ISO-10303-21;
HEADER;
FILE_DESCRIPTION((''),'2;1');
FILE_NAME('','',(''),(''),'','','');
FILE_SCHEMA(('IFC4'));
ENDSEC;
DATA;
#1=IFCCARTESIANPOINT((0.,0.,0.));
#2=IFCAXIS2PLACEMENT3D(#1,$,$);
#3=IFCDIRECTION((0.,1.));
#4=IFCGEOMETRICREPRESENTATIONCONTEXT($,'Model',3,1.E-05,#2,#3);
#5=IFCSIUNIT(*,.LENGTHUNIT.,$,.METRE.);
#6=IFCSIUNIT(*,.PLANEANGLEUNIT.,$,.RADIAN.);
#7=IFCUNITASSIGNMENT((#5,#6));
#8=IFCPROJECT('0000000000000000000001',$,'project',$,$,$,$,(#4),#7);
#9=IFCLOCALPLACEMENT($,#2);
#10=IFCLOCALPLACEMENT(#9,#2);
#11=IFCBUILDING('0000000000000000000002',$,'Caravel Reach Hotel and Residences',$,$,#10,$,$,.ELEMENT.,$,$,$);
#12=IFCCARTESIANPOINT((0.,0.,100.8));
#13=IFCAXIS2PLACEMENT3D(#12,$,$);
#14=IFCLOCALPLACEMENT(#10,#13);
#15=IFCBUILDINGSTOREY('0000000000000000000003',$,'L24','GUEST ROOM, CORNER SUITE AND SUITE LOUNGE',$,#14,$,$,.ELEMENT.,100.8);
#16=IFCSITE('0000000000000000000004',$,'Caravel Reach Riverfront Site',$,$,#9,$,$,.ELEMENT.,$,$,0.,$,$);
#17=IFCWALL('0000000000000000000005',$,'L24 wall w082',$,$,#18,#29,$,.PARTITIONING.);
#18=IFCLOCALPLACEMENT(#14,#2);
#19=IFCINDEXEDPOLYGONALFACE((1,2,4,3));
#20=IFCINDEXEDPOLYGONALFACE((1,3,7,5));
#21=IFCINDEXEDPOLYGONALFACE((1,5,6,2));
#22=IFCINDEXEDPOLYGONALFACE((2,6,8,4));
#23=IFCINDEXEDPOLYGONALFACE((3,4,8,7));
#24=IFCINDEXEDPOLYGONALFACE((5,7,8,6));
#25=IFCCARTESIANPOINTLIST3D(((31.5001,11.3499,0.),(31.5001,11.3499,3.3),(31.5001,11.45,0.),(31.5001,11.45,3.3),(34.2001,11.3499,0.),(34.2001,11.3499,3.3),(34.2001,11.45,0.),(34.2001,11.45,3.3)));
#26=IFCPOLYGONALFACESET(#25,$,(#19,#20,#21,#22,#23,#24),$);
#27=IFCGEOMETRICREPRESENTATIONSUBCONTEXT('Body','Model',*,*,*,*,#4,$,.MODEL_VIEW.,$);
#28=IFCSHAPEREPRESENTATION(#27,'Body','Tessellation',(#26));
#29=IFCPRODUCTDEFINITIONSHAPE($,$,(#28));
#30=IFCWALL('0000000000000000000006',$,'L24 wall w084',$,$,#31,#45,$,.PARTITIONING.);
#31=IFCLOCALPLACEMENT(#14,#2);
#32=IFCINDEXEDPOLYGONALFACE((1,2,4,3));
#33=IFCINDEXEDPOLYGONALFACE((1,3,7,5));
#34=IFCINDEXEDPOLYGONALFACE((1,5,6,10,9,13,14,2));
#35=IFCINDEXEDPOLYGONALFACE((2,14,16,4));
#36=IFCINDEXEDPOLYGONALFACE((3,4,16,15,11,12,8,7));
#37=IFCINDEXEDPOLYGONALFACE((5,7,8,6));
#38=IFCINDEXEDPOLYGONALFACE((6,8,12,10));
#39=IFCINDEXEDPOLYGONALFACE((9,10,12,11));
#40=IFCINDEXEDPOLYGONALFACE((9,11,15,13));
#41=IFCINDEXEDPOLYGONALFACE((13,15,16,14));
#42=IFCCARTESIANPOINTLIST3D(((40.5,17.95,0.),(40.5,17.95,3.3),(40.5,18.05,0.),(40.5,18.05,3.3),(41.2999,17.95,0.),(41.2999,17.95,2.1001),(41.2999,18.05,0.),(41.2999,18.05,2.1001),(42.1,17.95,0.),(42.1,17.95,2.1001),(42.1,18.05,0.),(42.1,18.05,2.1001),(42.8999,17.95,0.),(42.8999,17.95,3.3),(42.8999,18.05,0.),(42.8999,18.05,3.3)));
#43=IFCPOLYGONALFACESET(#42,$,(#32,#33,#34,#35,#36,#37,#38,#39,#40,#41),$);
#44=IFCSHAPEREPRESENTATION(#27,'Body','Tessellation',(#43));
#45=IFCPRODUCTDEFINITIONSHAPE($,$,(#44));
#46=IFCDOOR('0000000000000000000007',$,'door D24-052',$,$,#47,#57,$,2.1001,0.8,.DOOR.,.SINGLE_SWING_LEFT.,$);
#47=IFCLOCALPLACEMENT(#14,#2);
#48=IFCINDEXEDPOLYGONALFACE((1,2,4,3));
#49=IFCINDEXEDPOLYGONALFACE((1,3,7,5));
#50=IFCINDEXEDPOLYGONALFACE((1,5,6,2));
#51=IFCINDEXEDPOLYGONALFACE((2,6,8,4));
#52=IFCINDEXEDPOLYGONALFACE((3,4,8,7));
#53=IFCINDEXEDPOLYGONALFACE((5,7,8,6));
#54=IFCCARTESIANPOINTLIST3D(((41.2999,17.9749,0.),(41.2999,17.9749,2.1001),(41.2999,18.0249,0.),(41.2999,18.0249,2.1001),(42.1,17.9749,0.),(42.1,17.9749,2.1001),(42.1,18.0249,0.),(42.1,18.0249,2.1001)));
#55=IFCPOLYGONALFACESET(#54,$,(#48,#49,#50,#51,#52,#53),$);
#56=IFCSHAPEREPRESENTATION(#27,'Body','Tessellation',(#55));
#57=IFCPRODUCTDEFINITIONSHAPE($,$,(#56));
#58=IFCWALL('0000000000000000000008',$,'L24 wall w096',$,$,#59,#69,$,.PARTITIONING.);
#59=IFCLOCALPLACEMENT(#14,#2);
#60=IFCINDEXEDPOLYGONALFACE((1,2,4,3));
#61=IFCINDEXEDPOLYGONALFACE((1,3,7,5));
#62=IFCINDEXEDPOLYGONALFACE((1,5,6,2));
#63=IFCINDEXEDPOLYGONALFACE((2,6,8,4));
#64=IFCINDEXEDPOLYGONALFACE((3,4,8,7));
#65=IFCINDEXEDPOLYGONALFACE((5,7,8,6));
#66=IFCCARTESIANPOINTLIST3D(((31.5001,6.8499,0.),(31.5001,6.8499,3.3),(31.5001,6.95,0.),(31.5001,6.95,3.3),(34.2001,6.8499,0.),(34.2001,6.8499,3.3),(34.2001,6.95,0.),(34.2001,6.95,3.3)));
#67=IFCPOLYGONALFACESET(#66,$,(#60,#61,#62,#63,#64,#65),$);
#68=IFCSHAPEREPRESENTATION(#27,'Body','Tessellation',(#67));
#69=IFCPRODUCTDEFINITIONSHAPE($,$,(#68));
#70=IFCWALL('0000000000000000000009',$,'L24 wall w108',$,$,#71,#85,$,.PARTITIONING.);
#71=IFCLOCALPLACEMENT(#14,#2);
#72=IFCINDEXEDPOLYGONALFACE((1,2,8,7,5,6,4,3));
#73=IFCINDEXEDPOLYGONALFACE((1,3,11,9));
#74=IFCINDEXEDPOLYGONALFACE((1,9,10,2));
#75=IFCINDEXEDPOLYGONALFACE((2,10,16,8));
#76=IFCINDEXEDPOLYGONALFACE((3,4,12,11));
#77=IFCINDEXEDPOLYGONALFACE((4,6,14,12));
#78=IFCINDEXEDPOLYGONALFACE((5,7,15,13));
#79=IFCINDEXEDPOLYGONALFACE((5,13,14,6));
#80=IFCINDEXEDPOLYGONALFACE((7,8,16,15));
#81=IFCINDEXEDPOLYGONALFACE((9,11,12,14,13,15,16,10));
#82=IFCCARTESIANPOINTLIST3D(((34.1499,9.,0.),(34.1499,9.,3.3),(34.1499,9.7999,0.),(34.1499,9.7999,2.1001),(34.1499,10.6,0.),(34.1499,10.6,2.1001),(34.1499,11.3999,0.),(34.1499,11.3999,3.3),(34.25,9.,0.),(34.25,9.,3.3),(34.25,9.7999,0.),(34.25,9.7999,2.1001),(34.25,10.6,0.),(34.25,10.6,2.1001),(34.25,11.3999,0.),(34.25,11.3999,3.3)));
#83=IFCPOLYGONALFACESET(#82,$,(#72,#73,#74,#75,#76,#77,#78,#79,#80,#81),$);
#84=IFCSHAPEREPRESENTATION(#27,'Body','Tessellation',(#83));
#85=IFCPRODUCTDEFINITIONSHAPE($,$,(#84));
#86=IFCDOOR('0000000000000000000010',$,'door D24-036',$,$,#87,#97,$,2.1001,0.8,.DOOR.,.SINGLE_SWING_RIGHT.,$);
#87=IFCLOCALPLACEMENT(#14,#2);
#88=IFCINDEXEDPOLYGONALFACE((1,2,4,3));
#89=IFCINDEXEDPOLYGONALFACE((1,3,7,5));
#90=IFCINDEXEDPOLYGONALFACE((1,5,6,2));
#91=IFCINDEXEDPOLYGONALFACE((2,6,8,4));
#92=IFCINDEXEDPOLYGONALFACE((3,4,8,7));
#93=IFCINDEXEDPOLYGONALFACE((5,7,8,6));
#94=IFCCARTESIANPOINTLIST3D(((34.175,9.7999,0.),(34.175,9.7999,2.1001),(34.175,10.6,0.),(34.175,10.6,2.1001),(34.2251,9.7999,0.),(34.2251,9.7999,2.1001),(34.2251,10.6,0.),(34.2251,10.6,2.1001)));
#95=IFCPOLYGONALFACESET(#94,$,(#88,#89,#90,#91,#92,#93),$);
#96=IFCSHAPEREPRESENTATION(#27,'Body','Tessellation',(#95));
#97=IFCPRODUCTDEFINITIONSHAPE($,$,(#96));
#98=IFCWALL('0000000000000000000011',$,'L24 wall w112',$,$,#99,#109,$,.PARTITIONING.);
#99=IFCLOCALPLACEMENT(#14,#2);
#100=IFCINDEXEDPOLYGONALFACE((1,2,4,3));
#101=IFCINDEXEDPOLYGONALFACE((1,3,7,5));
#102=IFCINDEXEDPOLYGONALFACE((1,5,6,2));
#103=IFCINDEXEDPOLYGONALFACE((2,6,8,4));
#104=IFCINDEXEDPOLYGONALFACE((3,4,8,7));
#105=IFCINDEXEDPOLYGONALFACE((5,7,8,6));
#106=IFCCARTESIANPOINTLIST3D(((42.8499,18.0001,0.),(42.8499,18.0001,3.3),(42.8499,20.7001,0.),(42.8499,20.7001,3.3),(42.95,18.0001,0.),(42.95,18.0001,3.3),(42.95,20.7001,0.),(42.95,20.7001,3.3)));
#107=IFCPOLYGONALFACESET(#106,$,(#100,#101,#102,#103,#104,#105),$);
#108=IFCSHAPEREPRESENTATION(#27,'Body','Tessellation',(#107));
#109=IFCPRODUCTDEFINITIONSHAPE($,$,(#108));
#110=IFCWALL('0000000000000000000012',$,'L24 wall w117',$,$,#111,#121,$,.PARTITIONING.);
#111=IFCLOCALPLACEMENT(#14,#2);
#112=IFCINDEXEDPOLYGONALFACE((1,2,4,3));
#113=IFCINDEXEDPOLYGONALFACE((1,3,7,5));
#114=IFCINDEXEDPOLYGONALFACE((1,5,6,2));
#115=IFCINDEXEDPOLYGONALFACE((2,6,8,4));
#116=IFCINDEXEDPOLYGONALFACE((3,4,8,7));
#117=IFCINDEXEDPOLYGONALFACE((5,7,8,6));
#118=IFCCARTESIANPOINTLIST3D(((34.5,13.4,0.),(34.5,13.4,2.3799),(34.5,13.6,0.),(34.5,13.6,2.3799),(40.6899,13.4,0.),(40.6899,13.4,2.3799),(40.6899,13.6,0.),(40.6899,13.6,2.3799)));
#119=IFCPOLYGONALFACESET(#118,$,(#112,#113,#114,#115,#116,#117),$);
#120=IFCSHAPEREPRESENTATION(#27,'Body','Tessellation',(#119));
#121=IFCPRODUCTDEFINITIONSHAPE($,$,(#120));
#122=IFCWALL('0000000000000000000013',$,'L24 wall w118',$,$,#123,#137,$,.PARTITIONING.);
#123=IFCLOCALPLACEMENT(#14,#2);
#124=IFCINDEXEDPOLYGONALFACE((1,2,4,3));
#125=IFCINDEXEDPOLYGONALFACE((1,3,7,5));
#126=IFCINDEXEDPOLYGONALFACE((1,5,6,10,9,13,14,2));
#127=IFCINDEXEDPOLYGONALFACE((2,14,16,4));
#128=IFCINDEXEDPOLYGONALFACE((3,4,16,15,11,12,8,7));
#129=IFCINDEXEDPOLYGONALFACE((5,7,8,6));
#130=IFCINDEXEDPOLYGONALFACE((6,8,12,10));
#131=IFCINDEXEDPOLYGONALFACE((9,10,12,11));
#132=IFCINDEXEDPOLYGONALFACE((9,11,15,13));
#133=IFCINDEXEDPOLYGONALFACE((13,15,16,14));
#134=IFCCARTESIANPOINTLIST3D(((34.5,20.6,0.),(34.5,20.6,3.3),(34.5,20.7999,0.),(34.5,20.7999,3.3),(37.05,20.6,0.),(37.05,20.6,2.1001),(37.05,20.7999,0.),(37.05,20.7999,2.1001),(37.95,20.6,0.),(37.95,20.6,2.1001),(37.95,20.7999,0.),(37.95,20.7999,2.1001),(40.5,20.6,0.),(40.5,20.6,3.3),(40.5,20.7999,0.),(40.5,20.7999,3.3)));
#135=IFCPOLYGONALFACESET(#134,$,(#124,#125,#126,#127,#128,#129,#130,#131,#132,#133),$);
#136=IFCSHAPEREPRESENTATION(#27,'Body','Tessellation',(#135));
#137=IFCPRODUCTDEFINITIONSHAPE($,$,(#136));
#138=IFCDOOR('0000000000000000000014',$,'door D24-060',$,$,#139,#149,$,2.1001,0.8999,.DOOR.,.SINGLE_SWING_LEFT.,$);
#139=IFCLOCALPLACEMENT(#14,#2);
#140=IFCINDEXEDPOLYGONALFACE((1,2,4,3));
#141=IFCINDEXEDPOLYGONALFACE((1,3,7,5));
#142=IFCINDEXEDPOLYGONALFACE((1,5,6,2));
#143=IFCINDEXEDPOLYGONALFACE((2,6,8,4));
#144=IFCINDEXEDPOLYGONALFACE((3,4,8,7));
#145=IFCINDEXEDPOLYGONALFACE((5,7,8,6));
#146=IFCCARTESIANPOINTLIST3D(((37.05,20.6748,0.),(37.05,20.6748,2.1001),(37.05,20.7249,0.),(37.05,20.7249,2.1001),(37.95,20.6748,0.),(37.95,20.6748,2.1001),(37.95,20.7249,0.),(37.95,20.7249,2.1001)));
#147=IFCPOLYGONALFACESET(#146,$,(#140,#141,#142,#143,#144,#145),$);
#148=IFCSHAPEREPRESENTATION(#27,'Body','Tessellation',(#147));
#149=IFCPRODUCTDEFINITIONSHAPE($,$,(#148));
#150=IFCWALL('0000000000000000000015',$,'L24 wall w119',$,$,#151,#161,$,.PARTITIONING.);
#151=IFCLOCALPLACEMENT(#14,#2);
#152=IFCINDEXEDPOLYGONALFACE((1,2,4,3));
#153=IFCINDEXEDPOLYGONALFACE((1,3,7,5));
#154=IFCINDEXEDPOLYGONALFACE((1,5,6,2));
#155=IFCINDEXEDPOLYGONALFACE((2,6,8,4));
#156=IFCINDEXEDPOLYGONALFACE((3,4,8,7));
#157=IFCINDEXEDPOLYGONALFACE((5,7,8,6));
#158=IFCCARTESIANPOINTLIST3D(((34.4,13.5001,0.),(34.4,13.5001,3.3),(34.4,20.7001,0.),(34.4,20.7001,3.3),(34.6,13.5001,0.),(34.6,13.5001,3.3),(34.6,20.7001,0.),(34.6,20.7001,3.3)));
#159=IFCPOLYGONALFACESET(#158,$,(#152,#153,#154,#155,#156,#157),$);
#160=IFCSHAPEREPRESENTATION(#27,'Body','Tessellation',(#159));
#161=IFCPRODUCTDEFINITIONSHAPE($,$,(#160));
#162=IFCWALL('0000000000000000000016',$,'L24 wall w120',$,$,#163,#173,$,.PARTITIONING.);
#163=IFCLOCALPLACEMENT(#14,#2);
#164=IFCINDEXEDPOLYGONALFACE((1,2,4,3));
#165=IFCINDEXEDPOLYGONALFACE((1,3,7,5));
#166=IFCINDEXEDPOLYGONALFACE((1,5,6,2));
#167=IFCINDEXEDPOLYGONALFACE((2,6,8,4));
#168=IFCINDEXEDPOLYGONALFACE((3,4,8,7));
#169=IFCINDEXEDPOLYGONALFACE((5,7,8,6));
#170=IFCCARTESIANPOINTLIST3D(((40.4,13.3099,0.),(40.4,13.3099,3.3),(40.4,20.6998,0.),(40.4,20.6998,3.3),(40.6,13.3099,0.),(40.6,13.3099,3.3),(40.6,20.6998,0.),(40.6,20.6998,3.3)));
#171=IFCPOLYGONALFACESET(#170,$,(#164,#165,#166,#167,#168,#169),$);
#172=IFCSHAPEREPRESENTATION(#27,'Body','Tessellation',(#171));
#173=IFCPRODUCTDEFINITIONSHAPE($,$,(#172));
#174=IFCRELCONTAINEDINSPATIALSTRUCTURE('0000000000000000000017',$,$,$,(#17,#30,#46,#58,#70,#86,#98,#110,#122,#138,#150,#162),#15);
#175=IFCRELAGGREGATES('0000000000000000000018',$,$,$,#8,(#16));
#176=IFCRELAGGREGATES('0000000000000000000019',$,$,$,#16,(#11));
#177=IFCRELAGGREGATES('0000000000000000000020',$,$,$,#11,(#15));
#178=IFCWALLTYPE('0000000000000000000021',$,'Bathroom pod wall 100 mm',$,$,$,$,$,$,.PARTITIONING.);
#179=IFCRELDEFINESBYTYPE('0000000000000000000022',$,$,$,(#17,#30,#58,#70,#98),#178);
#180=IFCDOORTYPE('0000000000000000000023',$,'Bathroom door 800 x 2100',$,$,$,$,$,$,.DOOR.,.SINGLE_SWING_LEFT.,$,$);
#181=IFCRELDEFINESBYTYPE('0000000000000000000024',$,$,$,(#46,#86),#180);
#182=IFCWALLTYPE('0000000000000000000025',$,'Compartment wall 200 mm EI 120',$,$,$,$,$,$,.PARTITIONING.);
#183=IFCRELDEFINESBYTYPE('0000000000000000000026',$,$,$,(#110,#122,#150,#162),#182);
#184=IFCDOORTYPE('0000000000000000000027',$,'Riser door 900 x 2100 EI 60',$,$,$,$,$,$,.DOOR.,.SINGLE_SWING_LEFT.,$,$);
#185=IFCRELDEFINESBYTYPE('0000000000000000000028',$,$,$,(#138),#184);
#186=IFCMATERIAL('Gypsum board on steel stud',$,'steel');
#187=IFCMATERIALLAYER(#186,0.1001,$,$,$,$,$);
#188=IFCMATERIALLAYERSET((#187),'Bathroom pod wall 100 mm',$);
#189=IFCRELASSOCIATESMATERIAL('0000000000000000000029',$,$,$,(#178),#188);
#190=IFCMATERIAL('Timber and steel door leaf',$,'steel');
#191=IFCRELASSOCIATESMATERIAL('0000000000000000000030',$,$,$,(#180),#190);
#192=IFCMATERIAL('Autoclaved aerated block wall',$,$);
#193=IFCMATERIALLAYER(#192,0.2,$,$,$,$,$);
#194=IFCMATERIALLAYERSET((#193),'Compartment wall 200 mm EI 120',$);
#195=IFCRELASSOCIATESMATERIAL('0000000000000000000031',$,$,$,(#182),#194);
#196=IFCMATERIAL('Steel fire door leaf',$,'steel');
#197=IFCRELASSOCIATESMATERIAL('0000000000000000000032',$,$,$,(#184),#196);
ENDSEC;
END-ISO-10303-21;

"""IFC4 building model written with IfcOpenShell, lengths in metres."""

from ifc_helpers import new_model, si_unit, direction, frame, frame_2d, origin, place, context, subcontext, project, spatial, rectangle, extrude, material, layer, layer_set, type_object, element, fill, save


model = new_model("IFC4")

# Units and contexts
model_context = context("Model", 3, precision=1e-05, world=origin(), true_north=direction((0.0, 1.0)))
body_context = subcontext(model_context, "Body", "Model", "MODEL_VIEW")
ifc_project = project(units=[si_unit("LENGTHUNIT", "METRE"), si_unit("PLANEANGLEUNIT", "RADIAN")], contexts=[model_context])

# Site, building, storey
site_placement = place(None, origin())
site = spatial("IfcSite", under=ifc_project, at=site_placement, Name="Caravel Reach Riverfront Site", CompositionType="ELEMENT", RefElevation=0.0)
building_placement = place(site_placement, origin())
building = spatial("IfcBuilding", under=site, at=building_placement, Name="Caravel Reach Hotel and Residences", CompositionType="ELEMENT")
storey_placement = place(building_placement, frame((0.0, 0.0, 100.8)))
storey = spatial("IfcBuildingStorey", under=building, at=storey_placement, Name="L24", Description="GUEST ROOM, CORNER SUITE AND SUITE LOUNGE", CompositionType="ELEMENT", Elevation=100.8)

# Wall
ifc_material_1 = material(Name="Gypsum board on steel stud", Category="steel")
ifc_layer_1 = layer(ifc_material_1, 0.1001)
ifc_layer_set_1 = layer_set([ifc_layer_1], Name="Bathroom pod wall 100 mm")
wall_type_1 = type_object("IfcWallType", Name="Bathroom pod wall 100 mm", PredefinedType="PARTITIONING", material=ifc_layer_set_1)
wall_1_placement = place(storey_placement, frame((31.5, 11.3999, 0.0), z_axis=(0.0, 0.0, 1.0), x_axis=(1.0, 0.0, 0.0)))
element("IfcWall", 1, at=wall_1_placement, inside=storey, type_object=wall_type_1, Name="L24 wall w082", PredefinedType="PARTITIONING", context=body_context, shape_type="SweptSolid", body=[
    extrude(rectangle(XDim=2.7, YDim=0.1001, at=frame_2d((1.3501, 0.0))), origin(), (0.0, 0.0, 1.0), 3.3),
])

# Wall, opening, door
wall_2_placement = place(storey_placement, frame((40.5, 18.0, 0.0), z_axis=(0.0, 0.0, 1.0), x_axis=(1.0, 0.0, 0.0)))
wall_2 = element("IfcWall", 2, at=wall_2_placement, inside=storey, type_object=wall_type_1, Name="L24 wall w084", PredefinedType="PARTITIONING", context=body_context, shape_type="SweptSolid", body=[
    extrude(rectangle(XDim=2.3999, YDim=0.1001, at=frame_2d((1.2, 0.0))), origin(), (0.0, 0.0, 1.0), 3.3),
])
opening_1_placement = place(wall_2_placement, frame((0.8, 0.0, 0.0)))
opening_1 = element("IfcOpeningElement", 3, at=opening_1_placement, cuts=wall_2, PredefinedType="OPENING", context=body_context, shape_type="SweptSolid", body=[
    extrude(rectangle(XDim=0.8, YDim=2.1001, at=frame_2d((0.3999, 1.05))), frame((0.0, 0.0601, 0.0), z_axis=(0.0, -1.0, 0.0), x_axis=(1.0, 0.0, 0.0)), (0.0, 0.0, 1.0), 0.1201),
])
ifc_material_2 = material(Name="Timber and steel door leaf", Category="steel")
door_type_1 = type_object("IfcDoorType", Name="Bathroom door 800 x 2100", OperationType="SINGLE_SWING_LEFT", PredefinedType="DOOR", material=ifc_material_2)
door_1_placement = place(opening_1_placement, origin())
door_1 = element("IfcDoor", 4, at=door_1_placement, inside=storey, type_object=door_type_1, Name="door D24-052", OperationType="SINGLE_SWING_LEFT", OverallHeight=2.1001, OverallWidth=0.8, PredefinedType="DOOR", context=body_context, shape_type="SweptSolid", body=[
    extrude(rectangle(XDim=0.8, YDim=2.1001, at=frame_2d((0.3999, 1.05))), frame((0.0, 0.0249, 0.0), z_axis=(0.0, -1.0, 0.0), x_axis=(1.0, 0.0, 0.0)), (0.0, 0.0, 1.0), 0.05),
])
fill(opening_1, door_1)

# Wall
wall_3_placement = place(storey_placement, frame((31.5, 6.8999, 0.0), z_axis=(0.0, 0.0, 1.0), x_axis=(1.0, 0.0, 0.0)))
element("IfcWall", 5, at=wall_3_placement, inside=storey, type_object=wall_type_1, Name="L24 wall w096", PredefinedType="PARTITIONING", context=body_context, shape_type="SweptSolid", body=[
    extrude(rectangle(XDim=2.7, YDim=0.1001, at=frame_2d((1.3501, 0.0))), origin(), (0.0, 0.0, 1.0), 3.3),
])

# Wall, opening, door
wall_4_placement = place(storey_placement, frame((34.2, 9.0, 0.0), z_axis=(0.0, 0.0, 1.0), x_axis=(0.0, 1.0, 0.0)))
wall_4 = element("IfcWall", 6, at=wall_4_placement, inside=storey, type_object=wall_type_1, Name="L24 wall w108", PredefinedType="PARTITIONING", context=body_context, shape_type="SweptSolid", body=[
    extrude(rectangle(XDim=2.3999, YDim=0.1001, at=frame_2d((1.2, 0.0))), origin(), (0.0, 0.0, 1.0), 3.3),
])
opening_2_placement = place(wall_4_placement, frame((0.8, 0.0, 0.0)))
opening_2 = element("IfcOpeningElement", 7, at=opening_2_placement, cuts=wall_4, PredefinedType="OPENING", context=body_context, shape_type="SweptSolid", body=[
    extrude(rectangle(XDim=0.8, YDim=2.1001, at=frame_2d((0.3999, 1.05))), frame((0.0, 0.0601, 0.0), z_axis=(0.0, -1.0, 0.0), x_axis=(1.0, 0.0, 0.0)), (0.0, 0.0, 1.0), 0.1201),
])
door_2_placement = place(opening_2_placement, origin())
door_2 = element("IfcDoor", 8, at=door_2_placement, inside=storey, type_object=door_type_1, Name="door D24-036", OperationType="SINGLE_SWING_RIGHT", OverallHeight=2.1001, OverallWidth=0.8, PredefinedType="DOOR", context=body_context, shape_type="SweptSolid", body=[
    extrude(rectangle(XDim=0.8, YDim=2.1001, at=frame_2d((0.3999, 1.05))), frame((0.0, 0.0249, 0.0), z_axis=(0.0, -1.0, 0.0), x_axis=(1.0, 0.0, 0.0)), (0.0, 0.0, 1.0), 0.05),
])
fill(opening_2, door_2)

# Walls
wall_5_placement = place(storey_placement, frame((42.8999, 18.0, 0.0), z_axis=(0.0, 0.0, 1.0), x_axis=(0.0, 1.0, 0.0)))
element("IfcWall", 9, at=wall_5_placement, inside=storey, type_object=wall_type_1, Name="L24 wall w112", PredefinedType="PARTITIONING", context=body_context, shape_type="SweptSolid", body=[
    extrude(rectangle(XDim=2.7, YDim=0.1001, at=frame_2d((1.3501, 0.0))), origin(), (0.0, 0.0, 1.0), 3.3),
])
ifc_material_3 = material(Name="Autoclaved aerated block wall")
ifc_layer_2 = layer(ifc_material_3, 0.2)
ifc_layer_set_2 = layer_set([ifc_layer_2], Name="Compartment wall 200 mm EI 120")
wall_type_2 = type_object("IfcWallType", Name="Compartment wall 200 mm EI 120", PredefinedType="PARTITIONING", material=ifc_layer_set_2)
wall_6_placement = place(storey_placement, frame((34.5, 13.5, 0.0), z_axis=(0.0, 0.0, 1.0), x_axis=(1.0, 0.0, 0.0)))
element("IfcWall", 10, at=wall_6_placement, inside=storey, type_object=wall_type_2, Name="L24 wall w117", PredefinedType="PARTITIONING", context=body_context, shape_type="SweptSolid", body=[
    extrude(rectangle(XDim=6.1899, YDim=0.2, at=frame_2d((3.095, 0.0))), origin(), (0.0, 0.0, 1.0), 2.3799),
])

# Wall, opening, door
wall_7_placement = place(storey_placement, frame((34.5, 20.7, 0.0), z_axis=(0.0, 0.0, 1.0), x_axis=(1.0, 0.0, 0.0)))
wall_7 = element("IfcWall", 11, at=wall_7_placement, inside=storey, type_object=wall_type_2, Name="L24 wall w118", PredefinedType="PARTITIONING", context=body_context, shape_type="SweptSolid", body=[
    extrude(rectangle(XDim=6.0, YDim=0.2, at=frame_2d((3.0, 0.0))), origin(), (0.0, 0.0, 1.0), 3.3),
])
opening_3_placement = place(wall_7_placement, frame((2.55, 0.0, 0.0)))
opening_3 = element("IfcOpeningElement", 12, at=opening_3_placement, cuts=wall_7, PredefinedType="OPENING", context=body_context, shape_type="SweptSolid", body=[
    extrude(rectangle(XDim=0.8999, YDim=2.1001, at=frame_2d((0.45, 1.05))), frame((0.0, 0.1099, 0.0), z_axis=(0.0, -1.0, 0.0), x_axis=(1.0, 0.0, 0.0)), (0.0, 0.0, 1.0), 0.22),
])
ifc_material_4 = material(Name="Steel fire door leaf", Category="steel")
door_type_2 = type_object("IfcDoorType", Name="Riser door 900 x 2100 EI 60", OperationType="SINGLE_SWING_LEFT", PredefinedType="DOOR", material=ifc_material_4)
door_3_placement = place(opening_3_placement, origin())
door_3 = element("IfcDoor", 13, at=door_3_placement, inside=storey, type_object=door_type_2, Name="door D24-060", OperationType="SINGLE_SWING_LEFT", OverallHeight=2.1001, OverallWidth=0.8999, PredefinedType="DOOR", context=body_context, shape_type="SweptSolid", body=[
    extrude(rectangle(XDim=0.8999, YDim=2.1001, at=frame_2d((0.45, 1.05))), frame((0.0, 0.0249, 0.0), z_axis=(0.0, -1.0, 0.0), x_axis=(1.0, 0.0, 0.0)), (0.0, 0.0, 1.0), 0.05),
])
fill(opening_3, door_3)

# Walls
wall_8_placement = place(storey_placement, frame((34.5, 13.5, 0.0), z_axis=(0.0, 0.0, 1.0), x_axis=(0.0, 1.0, 0.0)))
element("IfcWall", 14, at=wall_8_placement, inside=storey, type_object=wall_type_2, Name="L24 wall w119", PredefinedType="PARTITIONING", context=body_context, shape_type="SweptSolid", body=[
    extrude(rectangle(XDim=7.2, YDim=0.2, at=frame_2d((3.6001, 0.0))), origin(), (0.0, 0.0, 1.0), 3.3),
])
wall_9_placement = place(storey_placement, frame((40.5, 13.3101, 0.0), z_axis=(0.0, 0.0, 1.0), x_axis=(0.0, 1.0, 0.0)))
element("IfcWall", 15, at=wall_9_placement, inside=storey, type_object=wall_type_2, Name="L24 wall w120", PredefinedType="PARTITIONING", context=body_context, shape_type="SweptSolid", body=[
    extrude(rectangle(XDim=7.3899, YDim=0.2, at=frame_2d((3.6948, 0.0))), origin(), (0.0, 0.0, 1.0), 3.3),
])

save(model, "model.ifc")
